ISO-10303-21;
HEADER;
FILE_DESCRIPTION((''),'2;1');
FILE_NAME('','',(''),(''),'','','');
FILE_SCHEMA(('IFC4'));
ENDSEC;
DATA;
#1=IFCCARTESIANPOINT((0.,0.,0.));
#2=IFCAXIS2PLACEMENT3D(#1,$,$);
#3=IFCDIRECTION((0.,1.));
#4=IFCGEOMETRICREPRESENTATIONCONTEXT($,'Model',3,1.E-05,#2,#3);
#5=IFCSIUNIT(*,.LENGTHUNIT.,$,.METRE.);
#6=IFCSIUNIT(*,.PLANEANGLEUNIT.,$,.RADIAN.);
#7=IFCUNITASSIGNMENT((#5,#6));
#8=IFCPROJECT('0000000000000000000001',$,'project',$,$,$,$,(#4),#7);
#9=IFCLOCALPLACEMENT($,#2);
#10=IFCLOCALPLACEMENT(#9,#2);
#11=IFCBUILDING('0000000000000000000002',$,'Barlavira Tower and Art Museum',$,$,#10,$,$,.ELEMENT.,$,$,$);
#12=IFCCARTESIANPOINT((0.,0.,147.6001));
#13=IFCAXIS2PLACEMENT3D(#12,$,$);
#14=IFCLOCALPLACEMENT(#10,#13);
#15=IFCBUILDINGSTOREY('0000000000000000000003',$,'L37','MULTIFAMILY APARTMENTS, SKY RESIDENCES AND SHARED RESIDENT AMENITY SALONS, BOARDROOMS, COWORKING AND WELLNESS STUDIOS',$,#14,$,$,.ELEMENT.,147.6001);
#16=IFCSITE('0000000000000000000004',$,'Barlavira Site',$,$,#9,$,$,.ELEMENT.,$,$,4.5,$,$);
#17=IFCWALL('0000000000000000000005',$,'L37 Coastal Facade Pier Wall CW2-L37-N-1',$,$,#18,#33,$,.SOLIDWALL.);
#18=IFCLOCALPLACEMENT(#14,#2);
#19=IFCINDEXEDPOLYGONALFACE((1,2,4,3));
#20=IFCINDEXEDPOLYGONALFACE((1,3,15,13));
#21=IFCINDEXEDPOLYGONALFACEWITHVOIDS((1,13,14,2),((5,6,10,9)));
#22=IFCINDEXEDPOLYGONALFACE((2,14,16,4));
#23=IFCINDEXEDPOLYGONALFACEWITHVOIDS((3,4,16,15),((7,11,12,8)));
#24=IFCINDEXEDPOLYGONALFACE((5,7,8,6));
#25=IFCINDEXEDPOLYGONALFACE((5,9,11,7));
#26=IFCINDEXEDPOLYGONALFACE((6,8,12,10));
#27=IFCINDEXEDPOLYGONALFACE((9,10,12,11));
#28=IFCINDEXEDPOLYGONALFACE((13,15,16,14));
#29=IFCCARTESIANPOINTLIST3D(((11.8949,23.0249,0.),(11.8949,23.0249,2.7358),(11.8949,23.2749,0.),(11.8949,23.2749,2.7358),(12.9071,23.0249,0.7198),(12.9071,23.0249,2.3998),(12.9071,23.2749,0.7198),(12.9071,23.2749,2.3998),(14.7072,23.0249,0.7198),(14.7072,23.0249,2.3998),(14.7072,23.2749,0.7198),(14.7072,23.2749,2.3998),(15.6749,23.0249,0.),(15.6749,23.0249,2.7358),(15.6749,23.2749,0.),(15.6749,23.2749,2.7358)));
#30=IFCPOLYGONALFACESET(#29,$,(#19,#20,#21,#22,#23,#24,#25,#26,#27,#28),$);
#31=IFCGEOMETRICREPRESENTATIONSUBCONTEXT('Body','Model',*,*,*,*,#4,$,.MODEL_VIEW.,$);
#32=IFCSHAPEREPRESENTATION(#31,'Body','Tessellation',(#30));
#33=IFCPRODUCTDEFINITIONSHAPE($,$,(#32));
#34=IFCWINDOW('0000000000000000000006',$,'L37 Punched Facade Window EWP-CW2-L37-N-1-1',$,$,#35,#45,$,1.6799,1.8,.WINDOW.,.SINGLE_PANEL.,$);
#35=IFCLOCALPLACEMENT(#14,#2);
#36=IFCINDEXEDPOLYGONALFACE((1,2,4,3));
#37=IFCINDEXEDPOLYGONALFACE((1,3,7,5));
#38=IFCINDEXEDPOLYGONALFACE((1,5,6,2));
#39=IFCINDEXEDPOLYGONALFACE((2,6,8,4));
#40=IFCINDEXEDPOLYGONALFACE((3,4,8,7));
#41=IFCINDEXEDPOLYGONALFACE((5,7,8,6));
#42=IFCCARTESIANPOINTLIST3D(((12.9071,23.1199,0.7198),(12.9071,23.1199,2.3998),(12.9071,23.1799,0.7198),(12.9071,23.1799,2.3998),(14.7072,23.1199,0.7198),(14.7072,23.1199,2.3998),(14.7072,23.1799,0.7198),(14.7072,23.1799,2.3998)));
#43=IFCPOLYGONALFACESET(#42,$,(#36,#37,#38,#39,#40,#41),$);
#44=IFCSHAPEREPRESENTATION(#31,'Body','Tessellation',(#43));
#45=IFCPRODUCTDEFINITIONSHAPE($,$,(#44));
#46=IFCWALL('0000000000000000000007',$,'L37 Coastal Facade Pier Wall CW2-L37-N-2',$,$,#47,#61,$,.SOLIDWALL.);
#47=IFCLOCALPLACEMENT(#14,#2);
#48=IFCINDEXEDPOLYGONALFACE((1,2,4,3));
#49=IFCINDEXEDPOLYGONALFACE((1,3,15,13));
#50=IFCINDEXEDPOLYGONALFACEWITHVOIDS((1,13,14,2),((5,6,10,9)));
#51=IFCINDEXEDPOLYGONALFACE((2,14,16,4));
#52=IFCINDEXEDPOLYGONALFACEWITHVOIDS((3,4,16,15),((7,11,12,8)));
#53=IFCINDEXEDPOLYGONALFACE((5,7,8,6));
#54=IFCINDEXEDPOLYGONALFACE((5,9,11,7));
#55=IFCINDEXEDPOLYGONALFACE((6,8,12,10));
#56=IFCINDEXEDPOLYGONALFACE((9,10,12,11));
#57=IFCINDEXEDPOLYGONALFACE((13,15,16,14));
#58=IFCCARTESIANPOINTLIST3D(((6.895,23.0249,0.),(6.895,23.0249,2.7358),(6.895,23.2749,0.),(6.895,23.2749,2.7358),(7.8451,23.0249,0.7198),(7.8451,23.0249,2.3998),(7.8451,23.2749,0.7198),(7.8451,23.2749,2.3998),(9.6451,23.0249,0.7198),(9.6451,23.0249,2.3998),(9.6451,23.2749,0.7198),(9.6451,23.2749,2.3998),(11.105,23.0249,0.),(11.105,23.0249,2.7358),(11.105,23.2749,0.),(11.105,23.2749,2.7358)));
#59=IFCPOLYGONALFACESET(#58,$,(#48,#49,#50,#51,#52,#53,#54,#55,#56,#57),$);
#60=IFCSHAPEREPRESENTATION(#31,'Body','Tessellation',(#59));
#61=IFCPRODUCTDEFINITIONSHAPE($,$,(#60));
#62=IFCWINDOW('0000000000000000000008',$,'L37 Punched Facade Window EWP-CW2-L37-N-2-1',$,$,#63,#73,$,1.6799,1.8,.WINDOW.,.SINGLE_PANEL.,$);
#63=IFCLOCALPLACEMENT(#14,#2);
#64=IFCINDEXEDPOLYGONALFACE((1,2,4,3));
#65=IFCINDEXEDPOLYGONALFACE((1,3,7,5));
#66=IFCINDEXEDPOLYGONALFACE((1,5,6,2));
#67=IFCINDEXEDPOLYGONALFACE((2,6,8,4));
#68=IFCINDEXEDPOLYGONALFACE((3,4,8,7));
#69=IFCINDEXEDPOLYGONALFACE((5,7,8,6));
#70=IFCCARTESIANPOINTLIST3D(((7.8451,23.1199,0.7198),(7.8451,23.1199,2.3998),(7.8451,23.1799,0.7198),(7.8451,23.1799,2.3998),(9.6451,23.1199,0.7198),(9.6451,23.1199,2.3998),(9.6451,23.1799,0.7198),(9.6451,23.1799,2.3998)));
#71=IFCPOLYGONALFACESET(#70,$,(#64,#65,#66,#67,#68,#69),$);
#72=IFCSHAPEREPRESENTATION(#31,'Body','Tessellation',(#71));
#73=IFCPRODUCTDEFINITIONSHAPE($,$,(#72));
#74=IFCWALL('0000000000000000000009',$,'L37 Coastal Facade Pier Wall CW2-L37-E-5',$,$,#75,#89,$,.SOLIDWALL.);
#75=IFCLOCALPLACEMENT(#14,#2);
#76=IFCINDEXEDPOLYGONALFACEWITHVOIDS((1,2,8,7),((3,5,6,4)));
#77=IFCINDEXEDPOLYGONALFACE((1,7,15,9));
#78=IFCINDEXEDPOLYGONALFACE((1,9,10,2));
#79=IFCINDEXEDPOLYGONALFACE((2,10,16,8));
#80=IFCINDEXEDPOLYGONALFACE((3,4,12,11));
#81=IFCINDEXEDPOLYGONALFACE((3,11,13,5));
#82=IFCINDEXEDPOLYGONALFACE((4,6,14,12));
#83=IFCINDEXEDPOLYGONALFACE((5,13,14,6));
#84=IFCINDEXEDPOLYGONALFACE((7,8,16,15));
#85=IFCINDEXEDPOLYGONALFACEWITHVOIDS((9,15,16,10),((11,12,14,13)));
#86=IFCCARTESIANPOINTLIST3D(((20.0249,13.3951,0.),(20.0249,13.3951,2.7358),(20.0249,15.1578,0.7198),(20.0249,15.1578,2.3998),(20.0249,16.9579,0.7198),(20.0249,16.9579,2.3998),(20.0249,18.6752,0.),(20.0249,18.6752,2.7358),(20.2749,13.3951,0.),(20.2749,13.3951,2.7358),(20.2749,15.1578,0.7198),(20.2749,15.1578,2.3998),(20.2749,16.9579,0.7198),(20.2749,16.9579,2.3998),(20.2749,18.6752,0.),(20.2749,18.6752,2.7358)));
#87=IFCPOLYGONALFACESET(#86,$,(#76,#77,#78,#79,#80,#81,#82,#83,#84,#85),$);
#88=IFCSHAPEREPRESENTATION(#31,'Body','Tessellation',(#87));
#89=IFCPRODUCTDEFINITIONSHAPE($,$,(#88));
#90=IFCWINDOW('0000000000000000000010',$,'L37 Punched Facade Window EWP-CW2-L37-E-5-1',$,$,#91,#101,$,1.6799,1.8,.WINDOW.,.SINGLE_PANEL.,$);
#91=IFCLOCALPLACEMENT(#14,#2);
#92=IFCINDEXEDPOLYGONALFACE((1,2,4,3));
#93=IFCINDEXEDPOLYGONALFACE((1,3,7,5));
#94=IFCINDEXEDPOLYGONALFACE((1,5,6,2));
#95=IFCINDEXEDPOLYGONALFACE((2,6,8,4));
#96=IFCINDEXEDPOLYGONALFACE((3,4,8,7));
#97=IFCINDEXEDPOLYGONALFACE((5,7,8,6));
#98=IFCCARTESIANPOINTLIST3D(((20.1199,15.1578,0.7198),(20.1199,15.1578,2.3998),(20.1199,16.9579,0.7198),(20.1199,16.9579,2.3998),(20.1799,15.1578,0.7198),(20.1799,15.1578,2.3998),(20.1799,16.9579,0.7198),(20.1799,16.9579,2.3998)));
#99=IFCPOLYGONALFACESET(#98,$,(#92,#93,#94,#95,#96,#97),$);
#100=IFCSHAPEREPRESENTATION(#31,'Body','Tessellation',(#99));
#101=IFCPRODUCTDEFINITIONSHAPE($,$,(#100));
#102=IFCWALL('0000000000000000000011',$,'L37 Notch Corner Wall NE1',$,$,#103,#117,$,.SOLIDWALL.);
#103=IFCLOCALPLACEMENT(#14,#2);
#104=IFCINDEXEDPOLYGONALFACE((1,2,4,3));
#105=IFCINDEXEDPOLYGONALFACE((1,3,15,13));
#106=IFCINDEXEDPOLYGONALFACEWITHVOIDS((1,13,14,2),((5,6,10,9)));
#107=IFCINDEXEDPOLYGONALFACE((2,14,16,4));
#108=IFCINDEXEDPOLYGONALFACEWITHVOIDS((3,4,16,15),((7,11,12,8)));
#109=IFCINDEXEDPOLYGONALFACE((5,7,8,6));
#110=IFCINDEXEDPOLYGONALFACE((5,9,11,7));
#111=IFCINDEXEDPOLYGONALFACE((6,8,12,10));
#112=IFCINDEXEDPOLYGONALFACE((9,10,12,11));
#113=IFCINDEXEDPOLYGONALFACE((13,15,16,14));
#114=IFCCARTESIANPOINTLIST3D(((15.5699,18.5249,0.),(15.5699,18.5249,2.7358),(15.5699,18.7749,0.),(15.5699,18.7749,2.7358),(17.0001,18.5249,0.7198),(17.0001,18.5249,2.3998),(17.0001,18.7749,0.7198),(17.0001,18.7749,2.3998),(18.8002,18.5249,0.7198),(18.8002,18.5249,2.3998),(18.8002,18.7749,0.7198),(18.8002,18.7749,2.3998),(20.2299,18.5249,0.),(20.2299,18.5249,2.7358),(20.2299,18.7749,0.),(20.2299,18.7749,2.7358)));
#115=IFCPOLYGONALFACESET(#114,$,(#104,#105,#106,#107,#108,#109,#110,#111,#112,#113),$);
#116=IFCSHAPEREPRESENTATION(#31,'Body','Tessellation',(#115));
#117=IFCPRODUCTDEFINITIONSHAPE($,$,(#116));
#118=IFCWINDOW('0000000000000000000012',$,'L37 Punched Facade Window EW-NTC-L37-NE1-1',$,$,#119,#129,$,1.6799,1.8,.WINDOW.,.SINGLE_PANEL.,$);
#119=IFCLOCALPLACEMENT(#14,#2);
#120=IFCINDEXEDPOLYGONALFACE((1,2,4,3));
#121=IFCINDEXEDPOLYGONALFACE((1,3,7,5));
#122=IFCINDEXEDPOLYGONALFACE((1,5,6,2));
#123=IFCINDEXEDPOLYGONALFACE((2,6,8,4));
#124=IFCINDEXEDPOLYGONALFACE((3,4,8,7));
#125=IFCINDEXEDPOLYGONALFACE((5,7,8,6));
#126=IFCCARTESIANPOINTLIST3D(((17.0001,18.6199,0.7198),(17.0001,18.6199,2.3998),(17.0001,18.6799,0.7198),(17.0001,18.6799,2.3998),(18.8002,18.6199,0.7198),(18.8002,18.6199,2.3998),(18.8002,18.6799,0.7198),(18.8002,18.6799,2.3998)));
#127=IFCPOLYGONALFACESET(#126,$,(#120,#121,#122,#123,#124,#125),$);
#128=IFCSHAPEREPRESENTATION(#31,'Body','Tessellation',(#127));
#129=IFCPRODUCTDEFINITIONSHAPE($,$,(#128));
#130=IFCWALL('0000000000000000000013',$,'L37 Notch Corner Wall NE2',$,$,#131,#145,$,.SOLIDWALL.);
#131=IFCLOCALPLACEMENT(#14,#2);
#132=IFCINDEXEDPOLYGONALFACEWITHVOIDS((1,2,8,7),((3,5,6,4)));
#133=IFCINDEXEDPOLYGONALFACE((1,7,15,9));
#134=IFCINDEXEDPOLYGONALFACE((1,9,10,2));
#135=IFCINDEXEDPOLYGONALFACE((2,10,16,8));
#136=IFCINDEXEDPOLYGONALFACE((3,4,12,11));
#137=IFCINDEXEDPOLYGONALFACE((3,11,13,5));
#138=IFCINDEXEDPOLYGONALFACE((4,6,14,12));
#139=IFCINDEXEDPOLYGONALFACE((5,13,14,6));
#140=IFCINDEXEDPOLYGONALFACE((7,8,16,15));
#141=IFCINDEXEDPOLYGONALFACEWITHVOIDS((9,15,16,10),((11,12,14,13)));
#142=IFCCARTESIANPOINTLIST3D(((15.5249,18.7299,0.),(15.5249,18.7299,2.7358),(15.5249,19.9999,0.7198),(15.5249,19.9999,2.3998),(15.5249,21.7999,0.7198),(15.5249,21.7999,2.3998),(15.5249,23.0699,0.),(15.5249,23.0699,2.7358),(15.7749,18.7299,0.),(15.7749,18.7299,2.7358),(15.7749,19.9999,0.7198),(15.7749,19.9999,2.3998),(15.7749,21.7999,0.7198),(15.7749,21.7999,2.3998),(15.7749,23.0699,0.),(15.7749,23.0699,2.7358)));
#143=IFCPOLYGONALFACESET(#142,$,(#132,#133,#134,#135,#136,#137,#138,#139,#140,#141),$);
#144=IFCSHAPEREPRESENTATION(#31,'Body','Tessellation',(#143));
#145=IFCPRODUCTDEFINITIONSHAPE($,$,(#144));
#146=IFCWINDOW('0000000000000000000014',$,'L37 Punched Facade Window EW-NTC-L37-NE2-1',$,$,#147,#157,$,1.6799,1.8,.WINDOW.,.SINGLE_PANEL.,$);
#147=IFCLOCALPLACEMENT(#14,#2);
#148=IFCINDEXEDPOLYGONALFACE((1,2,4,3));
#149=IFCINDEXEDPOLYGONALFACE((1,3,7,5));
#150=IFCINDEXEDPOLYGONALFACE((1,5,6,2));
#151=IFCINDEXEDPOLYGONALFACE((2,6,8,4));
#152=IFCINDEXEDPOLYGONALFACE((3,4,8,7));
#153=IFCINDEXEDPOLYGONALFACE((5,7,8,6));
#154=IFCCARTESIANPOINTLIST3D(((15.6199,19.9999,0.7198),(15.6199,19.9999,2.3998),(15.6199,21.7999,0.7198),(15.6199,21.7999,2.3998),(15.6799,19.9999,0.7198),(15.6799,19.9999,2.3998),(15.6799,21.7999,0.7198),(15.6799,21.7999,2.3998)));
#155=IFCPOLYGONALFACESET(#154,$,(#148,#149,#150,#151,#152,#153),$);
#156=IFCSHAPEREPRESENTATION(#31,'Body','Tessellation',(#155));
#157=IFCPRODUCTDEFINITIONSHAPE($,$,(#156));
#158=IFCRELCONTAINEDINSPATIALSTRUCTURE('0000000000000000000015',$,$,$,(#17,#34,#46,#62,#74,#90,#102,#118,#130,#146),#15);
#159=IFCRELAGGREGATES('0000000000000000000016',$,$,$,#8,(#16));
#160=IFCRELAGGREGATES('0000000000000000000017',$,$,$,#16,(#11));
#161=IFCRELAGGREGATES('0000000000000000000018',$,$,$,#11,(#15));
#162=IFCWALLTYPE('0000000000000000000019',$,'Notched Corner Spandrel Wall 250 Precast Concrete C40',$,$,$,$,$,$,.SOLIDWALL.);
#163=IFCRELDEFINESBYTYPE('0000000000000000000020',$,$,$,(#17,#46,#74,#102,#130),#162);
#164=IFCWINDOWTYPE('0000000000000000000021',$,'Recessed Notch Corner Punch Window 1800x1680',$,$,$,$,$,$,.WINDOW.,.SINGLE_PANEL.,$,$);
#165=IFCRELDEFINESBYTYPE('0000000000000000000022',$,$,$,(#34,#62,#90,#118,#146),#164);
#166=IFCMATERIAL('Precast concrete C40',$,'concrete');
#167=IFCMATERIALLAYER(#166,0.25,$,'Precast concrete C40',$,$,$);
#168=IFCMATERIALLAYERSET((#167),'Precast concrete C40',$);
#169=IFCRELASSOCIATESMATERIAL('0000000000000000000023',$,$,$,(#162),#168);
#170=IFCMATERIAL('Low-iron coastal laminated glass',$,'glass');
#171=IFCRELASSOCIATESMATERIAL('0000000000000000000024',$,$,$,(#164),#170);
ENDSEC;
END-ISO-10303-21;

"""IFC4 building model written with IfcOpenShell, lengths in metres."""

from ifc_helpers import new_model, si_unit, direction, frame, frame_2d, origin, place, context, subcontext, project, spatial, rectangle, extrude, material, layer, layer_set, type_object, element, fill, save


model = new_model("IFC4")

# Units and contexts
model_context = context("Model", 3, precision=1e-05, world=origin(), true_north=direction((0.0, 1.0)))
body_context = subcontext(model_context, "Body", "Model", "MODEL_VIEW")
ifc_project = project(units=[si_unit("LENGTHUNIT", "METRE"), si_unit("PLANEANGLEUNIT", "RADIAN")], contexts=[model_context])

# Site, building, storey
site_placement = place(None, origin())
site = spatial("IfcSite", under=ifc_project, at=site_placement, Name="Barlavira Site", CompositionType="ELEMENT", RefElevation=4.5)
building_placement = place(site_placement, origin())
building = spatial("IfcBuilding", under=site, at=building_placement, Name="Barlavira Tower and Art Museum", CompositionType="ELEMENT")
storey_placement = place(building_placement, frame((0.0, 0.0, 147.6001)))
storey = spatial("IfcBuildingStorey", under=building, at=storey_placement, Name="L37", Description="MULTIFAMILY APARTMENTS, SKY RESIDENCES AND SHARED RESIDENT AMENITY SALONS, BOARDROOMS, COWORKING AND WELLNESS STUDIOS", CompositionType="ELEMENT", Elevation=147.6001)

# Walls, openings, windows
ifc_material_1 = material(Name="Precast concrete C40", Category="concrete")
ifc_layer_1 = layer(ifc_material_1, 0.25, Name="Precast concrete C40")
ifc_layer_set_1 = layer_set([ifc_layer_1], Name="Precast concrete C40")
wall_type_1 = type_object("IfcWallType", Name="Notched Corner Spandrel Wall 250 Precast Concrete C40", PredefinedType="SOLIDWALL", material=ifc_layer_set_1)
wall_1_placement = place(storey_placement, frame((15.675, 23.1499, 0.0), z_axis=(0.0, 0.0, 1.0), x_axis=(-1.0, 0.0, 0.0)))
wall_1 = element("IfcWall", 1, at=wall_1_placement, inside=storey, type_object=wall_type_1, Name="L37 Coastal Facade Pier Wall CW2-L37-N-1", PredefinedType="SOLIDWALL", context=body_context, shape_type="SweptSolid", body=[
    extrude(rectangle(XDim=3.78, YDim=0.25, at=frame_2d((1.8901, 0.0))), origin(), (0.0, 0.0, 1.0), 2.7358),
])
opening_1_placement = place(wall_1_placement, frame((0.968, 0.0, 0.72)))
opening_1 = element("IfcOpeningElement", 2, at=opening_1_placement, cuts=wall_1, PredefinedType="OPENING", context=body_context, shape_type="SweptSolid", body=[
    extrude(rectangle(XDim=1.8, YDim=1.6799, at=frame_2d((0.8999, 0.8398))), frame((0.0, 0.135, 0.0), z_axis=(0.0, -1.0, 0.0), x_axis=(1.0, 0.0, 0.0)), (0.0, 0.0, 1.0), 0.27),
])
ifc_material_2 = material(Name="Low-iron coastal laminated glass", Category="glass")
window_type = type_object("IfcWindowType", Name="Recessed Notch Corner Punch Window 1800x1680", PartitioningType="SINGLE_PANEL", PredefinedType="WINDOW", material=ifc_material_2)
window_1_placement = place(opening_1_placement, origin())
window_1 = element("IfcWindow", 3, at=window_1_placement, inside=storey, type_object=window_type, Name="L37 Punched Facade Window EWP-CW2-L37-N-1-1", OverallHeight=1.6799, OverallWidth=1.8, PartitioningType="SINGLE_PANEL", PredefinedType="WINDOW", context=body_context, shape_type="SweptSolid", body=[
    extrude(rectangle(XDim=1.8, YDim=1.6799, at=frame_2d((0.8999, 0.8398))), frame((0.0, 0.03, 0.0), z_axis=(0.0, -1.0, 0.0), x_axis=(1.0, 0.0, 0.0)), (0.0, 0.0, 1.0), 0.0601),
])
fill(opening_1, window_1)
wall_2_placement = place(storey_placement, frame((11.105, 23.1499, 0.0), z_axis=(0.0, 0.0, 1.0), x_axis=(-1.0, 0.0, 0.0)))
wall_2 = element("IfcWall", 4, at=wall_2_placement, inside=storey, type_object=wall_type_1, Name="L37 Coastal Facade Pier Wall CW2-L37-N-2", PredefinedType="SOLIDWALL", context=body_context, shape_type="SweptSolid", body=[
    extrude(rectangle(XDim=4.21, YDim=0.25, at=frame_2d((2.105, 0.0))), origin(), (0.0, 0.0, 1.0), 2.7358),
])
opening_2_placement = place(wall_2_placement, frame((1.46, 0.0, 0.72)))
opening_2 = element("IfcOpeningElement", 5, at=opening_2_placement, cuts=wall_2, PredefinedType="OPENING", context=body_context, shape_type="SweptSolid", body=[
    extrude(rectangle(XDim=1.8, YDim=1.6799, at=frame_2d((0.8999, 0.8398))), frame((0.0, 0.135, 0.0), z_axis=(0.0, -1.0, 0.0), x_axis=(1.0, 0.0, 0.0)), (0.0, 0.0, 1.0), 0.27),
])
window_2_placement = place(opening_2_placement, origin())
window_2 = element("IfcWindow", 6, at=window_2_placement, inside=storey, type_object=window_type, Name="L37 Punched Facade Window EWP-CW2-L37-N-2-1", OverallHeight=1.6799, OverallWidth=1.8, PartitioningType="SINGLE_PANEL", PredefinedType="WINDOW", context=body_context, shape_type="SweptSolid", body=[
    extrude(rectangle(XDim=1.8, YDim=1.6799, at=frame_2d((0.8999, 0.8398))), frame((0.0, 0.03, 0.0), z_axis=(0.0, -1.0, 0.0), x_axis=(1.0, 0.0, 0.0)), (0.0, 0.0, 1.0), 0.0601),
])
fill(opening_2, window_2)
wall_3_placement = place(storey_placement, frame((20.1499, 13.395, 0.0), z_axis=(0.0, 0.0, 1.0), x_axis=(0.0, 1.0, 0.0)))
wall_3 = element("IfcWall", 7, at=wall_3_placement, inside=storey, type_object=wall_type_1, Name="L37 Coastal Facade Pier Wall CW2-L37-E-5", PredefinedType="SOLIDWALL", context=body_context, shape_type="SweptSolid", body=[
    extrude(rectangle(XDim=5.28, YDim=0.25, at=frame_2d((2.6401, 0.0))), origin(), (0.0, 0.0, 1.0), 2.7358),
])
opening_3_placement = place(wall_3_placement, frame((1.7629, 0.0, 0.72)))
opening_3 = element("IfcOpeningElement", 8, at=opening_3_placement, cuts=wall_3, PredefinedType="OPENING", context=body_context, shape_type="SweptSolid", body=[
    extrude(rectangle(XDim=1.8, YDim=1.6799, at=frame_2d((0.8999, 0.8398))), frame((0.0, 0.135, 0.0), z_axis=(0.0, -1.0, 0.0), x_axis=(1.0, 0.0, 0.0)), (0.0, 0.0, 1.0), 0.27),
])
window_3_placement = place(opening_3_placement, origin())
window_3 = element("IfcWindow", 9, at=window_3_placement, inside=storey, type_object=window_type, Name="L37 Punched Facade Window EWP-CW2-L37-E-5-1", OverallHeight=1.6799, OverallWidth=1.8, PartitioningType="SINGLE_PANEL", PredefinedType="WINDOW", context=body_context, shape_type="SweptSolid", body=[
    extrude(rectangle(XDim=1.8, YDim=1.6799, at=frame_2d((0.8999, 0.8398))), frame((0.0, 0.03, 0.0), z_axis=(0.0, -1.0, 0.0), x_axis=(1.0, 0.0, 0.0)), (0.0, 0.0, 1.0), 0.0601),
])
fill(opening_3, window_3)
wall_4_placement = place(storey_placement, frame((20.23, 18.6499, 0.0), z_axis=(0.0, 0.0, 1.0), x_axis=(-1.0, 0.0, 0.0)))
wall_4 = element("IfcWall", 10, at=wall_4_placement, inside=storey, type_object=wall_type_1, Name="L37 Notch Corner Wall NE1", PredefinedType="SOLIDWALL", context=body_context, shape_type="SweptSolid", body=[
    extrude(rectangle(XDim=4.6599, YDim=0.25, at=frame_2d((2.3301, 0.0))), origin(), (0.0, 0.0, 1.0), 2.7358),
])
opening_4_placement = place(wall_4_placement, frame((1.4299, 0.0, 0.72)))
opening_4 = element("IfcOpeningElement", 11, at=opening_4_placement, cuts=wall_4, PredefinedType="OPENING", context=body_context, shape_type="SweptSolid", body=[
    extrude(rectangle(XDim=1.8, YDim=1.6799, at=frame_2d((0.8999, 0.8398))), frame((0.0, 0.135, 0.0), z_axis=(0.0, -1.0, 0.0), x_axis=(1.0, 0.0, 0.0)), (0.0, 0.0, 1.0), 0.27),
])
window_4_placement = place(opening_4_placement, origin())
window_4 = element("IfcWindow", 12, at=window_4_placement, inside=storey, type_object=window_type, Name="L37 Punched Facade Window EW-NTC-L37-NE1-1", OverallHeight=1.6799, OverallWidth=1.8, PartitioningType="SINGLE_PANEL", PredefinedType="WINDOW", context=body_context, shape_type="SweptSolid", body=[
    extrude(rectangle(XDim=1.8, YDim=1.6799, at=frame_2d((0.8999, 0.8398))), frame((0.0, 0.03, 0.0), z_axis=(0.0, -1.0, 0.0), x_axis=(1.0, 0.0, 0.0)), (0.0, 0.0, 1.0), 0.0601),
])
fill(opening_4, window_4)
wall_5_placement = place(storey_placement, frame((15.6499, 18.73, 0.0), z_axis=(0.0, 0.0, 1.0), x_axis=(0.0, 1.0, 0.0)))
wall_5 = element("IfcWall", 13, at=wall_5_placement, inside=storey, type_object=wall_type_1, Name="L37 Notch Corner Wall NE2", PredefinedType="SOLIDWALL", context=body_context, shape_type="SweptSolid", body=[
    extrude(rectangle(XDim=4.3401, YDim=0.25, at=frame_2d((2.1699, 0.0))), origin(), (0.0, 0.0, 1.0), 2.7358),
])
opening_5_placement = place(wall_5_placement, frame((1.27, 0.0, 0.72)))
opening_5 = element("IfcOpeningElement", 14, at=opening_5_placement, cuts=wall_5, PredefinedType="OPENING", context=body_context, shape_type="SweptSolid", body=[
    extrude(rectangle(XDim=1.8, YDim=1.6799, at=frame_2d((0.8999, 0.8398))), frame((0.0, 0.135, 0.0), z_axis=(0.0, -1.0, 0.0), x_axis=(1.0, 0.0, 0.0)), (0.0, 0.0, 1.0), 0.27),
])
window_5_placement = place(opening_5_placement, origin())
window_5 = element("IfcWindow", 15, at=window_5_placement, inside=storey, type_object=window_type, Name="L37 Punched Facade Window EW-NTC-L37-NE2-1", OverallHeight=1.6799, OverallWidth=1.8, PartitioningType="SINGLE_PANEL", PredefinedType="WINDOW", context=body_context, shape_type="SweptSolid", body=[
    extrude(rectangle(XDim=1.8, YDim=1.6799, at=frame_2d((0.8999, 0.8398))), frame((0.0, 0.03, 0.0), z_axis=(0.0, -1.0, 0.0), x_axis=(1.0, 0.0, 0.0)), (0.0, 0.0, 1.0), 0.0601),
])
fill(opening_5, window_5)

save(model, "model.ifc")
